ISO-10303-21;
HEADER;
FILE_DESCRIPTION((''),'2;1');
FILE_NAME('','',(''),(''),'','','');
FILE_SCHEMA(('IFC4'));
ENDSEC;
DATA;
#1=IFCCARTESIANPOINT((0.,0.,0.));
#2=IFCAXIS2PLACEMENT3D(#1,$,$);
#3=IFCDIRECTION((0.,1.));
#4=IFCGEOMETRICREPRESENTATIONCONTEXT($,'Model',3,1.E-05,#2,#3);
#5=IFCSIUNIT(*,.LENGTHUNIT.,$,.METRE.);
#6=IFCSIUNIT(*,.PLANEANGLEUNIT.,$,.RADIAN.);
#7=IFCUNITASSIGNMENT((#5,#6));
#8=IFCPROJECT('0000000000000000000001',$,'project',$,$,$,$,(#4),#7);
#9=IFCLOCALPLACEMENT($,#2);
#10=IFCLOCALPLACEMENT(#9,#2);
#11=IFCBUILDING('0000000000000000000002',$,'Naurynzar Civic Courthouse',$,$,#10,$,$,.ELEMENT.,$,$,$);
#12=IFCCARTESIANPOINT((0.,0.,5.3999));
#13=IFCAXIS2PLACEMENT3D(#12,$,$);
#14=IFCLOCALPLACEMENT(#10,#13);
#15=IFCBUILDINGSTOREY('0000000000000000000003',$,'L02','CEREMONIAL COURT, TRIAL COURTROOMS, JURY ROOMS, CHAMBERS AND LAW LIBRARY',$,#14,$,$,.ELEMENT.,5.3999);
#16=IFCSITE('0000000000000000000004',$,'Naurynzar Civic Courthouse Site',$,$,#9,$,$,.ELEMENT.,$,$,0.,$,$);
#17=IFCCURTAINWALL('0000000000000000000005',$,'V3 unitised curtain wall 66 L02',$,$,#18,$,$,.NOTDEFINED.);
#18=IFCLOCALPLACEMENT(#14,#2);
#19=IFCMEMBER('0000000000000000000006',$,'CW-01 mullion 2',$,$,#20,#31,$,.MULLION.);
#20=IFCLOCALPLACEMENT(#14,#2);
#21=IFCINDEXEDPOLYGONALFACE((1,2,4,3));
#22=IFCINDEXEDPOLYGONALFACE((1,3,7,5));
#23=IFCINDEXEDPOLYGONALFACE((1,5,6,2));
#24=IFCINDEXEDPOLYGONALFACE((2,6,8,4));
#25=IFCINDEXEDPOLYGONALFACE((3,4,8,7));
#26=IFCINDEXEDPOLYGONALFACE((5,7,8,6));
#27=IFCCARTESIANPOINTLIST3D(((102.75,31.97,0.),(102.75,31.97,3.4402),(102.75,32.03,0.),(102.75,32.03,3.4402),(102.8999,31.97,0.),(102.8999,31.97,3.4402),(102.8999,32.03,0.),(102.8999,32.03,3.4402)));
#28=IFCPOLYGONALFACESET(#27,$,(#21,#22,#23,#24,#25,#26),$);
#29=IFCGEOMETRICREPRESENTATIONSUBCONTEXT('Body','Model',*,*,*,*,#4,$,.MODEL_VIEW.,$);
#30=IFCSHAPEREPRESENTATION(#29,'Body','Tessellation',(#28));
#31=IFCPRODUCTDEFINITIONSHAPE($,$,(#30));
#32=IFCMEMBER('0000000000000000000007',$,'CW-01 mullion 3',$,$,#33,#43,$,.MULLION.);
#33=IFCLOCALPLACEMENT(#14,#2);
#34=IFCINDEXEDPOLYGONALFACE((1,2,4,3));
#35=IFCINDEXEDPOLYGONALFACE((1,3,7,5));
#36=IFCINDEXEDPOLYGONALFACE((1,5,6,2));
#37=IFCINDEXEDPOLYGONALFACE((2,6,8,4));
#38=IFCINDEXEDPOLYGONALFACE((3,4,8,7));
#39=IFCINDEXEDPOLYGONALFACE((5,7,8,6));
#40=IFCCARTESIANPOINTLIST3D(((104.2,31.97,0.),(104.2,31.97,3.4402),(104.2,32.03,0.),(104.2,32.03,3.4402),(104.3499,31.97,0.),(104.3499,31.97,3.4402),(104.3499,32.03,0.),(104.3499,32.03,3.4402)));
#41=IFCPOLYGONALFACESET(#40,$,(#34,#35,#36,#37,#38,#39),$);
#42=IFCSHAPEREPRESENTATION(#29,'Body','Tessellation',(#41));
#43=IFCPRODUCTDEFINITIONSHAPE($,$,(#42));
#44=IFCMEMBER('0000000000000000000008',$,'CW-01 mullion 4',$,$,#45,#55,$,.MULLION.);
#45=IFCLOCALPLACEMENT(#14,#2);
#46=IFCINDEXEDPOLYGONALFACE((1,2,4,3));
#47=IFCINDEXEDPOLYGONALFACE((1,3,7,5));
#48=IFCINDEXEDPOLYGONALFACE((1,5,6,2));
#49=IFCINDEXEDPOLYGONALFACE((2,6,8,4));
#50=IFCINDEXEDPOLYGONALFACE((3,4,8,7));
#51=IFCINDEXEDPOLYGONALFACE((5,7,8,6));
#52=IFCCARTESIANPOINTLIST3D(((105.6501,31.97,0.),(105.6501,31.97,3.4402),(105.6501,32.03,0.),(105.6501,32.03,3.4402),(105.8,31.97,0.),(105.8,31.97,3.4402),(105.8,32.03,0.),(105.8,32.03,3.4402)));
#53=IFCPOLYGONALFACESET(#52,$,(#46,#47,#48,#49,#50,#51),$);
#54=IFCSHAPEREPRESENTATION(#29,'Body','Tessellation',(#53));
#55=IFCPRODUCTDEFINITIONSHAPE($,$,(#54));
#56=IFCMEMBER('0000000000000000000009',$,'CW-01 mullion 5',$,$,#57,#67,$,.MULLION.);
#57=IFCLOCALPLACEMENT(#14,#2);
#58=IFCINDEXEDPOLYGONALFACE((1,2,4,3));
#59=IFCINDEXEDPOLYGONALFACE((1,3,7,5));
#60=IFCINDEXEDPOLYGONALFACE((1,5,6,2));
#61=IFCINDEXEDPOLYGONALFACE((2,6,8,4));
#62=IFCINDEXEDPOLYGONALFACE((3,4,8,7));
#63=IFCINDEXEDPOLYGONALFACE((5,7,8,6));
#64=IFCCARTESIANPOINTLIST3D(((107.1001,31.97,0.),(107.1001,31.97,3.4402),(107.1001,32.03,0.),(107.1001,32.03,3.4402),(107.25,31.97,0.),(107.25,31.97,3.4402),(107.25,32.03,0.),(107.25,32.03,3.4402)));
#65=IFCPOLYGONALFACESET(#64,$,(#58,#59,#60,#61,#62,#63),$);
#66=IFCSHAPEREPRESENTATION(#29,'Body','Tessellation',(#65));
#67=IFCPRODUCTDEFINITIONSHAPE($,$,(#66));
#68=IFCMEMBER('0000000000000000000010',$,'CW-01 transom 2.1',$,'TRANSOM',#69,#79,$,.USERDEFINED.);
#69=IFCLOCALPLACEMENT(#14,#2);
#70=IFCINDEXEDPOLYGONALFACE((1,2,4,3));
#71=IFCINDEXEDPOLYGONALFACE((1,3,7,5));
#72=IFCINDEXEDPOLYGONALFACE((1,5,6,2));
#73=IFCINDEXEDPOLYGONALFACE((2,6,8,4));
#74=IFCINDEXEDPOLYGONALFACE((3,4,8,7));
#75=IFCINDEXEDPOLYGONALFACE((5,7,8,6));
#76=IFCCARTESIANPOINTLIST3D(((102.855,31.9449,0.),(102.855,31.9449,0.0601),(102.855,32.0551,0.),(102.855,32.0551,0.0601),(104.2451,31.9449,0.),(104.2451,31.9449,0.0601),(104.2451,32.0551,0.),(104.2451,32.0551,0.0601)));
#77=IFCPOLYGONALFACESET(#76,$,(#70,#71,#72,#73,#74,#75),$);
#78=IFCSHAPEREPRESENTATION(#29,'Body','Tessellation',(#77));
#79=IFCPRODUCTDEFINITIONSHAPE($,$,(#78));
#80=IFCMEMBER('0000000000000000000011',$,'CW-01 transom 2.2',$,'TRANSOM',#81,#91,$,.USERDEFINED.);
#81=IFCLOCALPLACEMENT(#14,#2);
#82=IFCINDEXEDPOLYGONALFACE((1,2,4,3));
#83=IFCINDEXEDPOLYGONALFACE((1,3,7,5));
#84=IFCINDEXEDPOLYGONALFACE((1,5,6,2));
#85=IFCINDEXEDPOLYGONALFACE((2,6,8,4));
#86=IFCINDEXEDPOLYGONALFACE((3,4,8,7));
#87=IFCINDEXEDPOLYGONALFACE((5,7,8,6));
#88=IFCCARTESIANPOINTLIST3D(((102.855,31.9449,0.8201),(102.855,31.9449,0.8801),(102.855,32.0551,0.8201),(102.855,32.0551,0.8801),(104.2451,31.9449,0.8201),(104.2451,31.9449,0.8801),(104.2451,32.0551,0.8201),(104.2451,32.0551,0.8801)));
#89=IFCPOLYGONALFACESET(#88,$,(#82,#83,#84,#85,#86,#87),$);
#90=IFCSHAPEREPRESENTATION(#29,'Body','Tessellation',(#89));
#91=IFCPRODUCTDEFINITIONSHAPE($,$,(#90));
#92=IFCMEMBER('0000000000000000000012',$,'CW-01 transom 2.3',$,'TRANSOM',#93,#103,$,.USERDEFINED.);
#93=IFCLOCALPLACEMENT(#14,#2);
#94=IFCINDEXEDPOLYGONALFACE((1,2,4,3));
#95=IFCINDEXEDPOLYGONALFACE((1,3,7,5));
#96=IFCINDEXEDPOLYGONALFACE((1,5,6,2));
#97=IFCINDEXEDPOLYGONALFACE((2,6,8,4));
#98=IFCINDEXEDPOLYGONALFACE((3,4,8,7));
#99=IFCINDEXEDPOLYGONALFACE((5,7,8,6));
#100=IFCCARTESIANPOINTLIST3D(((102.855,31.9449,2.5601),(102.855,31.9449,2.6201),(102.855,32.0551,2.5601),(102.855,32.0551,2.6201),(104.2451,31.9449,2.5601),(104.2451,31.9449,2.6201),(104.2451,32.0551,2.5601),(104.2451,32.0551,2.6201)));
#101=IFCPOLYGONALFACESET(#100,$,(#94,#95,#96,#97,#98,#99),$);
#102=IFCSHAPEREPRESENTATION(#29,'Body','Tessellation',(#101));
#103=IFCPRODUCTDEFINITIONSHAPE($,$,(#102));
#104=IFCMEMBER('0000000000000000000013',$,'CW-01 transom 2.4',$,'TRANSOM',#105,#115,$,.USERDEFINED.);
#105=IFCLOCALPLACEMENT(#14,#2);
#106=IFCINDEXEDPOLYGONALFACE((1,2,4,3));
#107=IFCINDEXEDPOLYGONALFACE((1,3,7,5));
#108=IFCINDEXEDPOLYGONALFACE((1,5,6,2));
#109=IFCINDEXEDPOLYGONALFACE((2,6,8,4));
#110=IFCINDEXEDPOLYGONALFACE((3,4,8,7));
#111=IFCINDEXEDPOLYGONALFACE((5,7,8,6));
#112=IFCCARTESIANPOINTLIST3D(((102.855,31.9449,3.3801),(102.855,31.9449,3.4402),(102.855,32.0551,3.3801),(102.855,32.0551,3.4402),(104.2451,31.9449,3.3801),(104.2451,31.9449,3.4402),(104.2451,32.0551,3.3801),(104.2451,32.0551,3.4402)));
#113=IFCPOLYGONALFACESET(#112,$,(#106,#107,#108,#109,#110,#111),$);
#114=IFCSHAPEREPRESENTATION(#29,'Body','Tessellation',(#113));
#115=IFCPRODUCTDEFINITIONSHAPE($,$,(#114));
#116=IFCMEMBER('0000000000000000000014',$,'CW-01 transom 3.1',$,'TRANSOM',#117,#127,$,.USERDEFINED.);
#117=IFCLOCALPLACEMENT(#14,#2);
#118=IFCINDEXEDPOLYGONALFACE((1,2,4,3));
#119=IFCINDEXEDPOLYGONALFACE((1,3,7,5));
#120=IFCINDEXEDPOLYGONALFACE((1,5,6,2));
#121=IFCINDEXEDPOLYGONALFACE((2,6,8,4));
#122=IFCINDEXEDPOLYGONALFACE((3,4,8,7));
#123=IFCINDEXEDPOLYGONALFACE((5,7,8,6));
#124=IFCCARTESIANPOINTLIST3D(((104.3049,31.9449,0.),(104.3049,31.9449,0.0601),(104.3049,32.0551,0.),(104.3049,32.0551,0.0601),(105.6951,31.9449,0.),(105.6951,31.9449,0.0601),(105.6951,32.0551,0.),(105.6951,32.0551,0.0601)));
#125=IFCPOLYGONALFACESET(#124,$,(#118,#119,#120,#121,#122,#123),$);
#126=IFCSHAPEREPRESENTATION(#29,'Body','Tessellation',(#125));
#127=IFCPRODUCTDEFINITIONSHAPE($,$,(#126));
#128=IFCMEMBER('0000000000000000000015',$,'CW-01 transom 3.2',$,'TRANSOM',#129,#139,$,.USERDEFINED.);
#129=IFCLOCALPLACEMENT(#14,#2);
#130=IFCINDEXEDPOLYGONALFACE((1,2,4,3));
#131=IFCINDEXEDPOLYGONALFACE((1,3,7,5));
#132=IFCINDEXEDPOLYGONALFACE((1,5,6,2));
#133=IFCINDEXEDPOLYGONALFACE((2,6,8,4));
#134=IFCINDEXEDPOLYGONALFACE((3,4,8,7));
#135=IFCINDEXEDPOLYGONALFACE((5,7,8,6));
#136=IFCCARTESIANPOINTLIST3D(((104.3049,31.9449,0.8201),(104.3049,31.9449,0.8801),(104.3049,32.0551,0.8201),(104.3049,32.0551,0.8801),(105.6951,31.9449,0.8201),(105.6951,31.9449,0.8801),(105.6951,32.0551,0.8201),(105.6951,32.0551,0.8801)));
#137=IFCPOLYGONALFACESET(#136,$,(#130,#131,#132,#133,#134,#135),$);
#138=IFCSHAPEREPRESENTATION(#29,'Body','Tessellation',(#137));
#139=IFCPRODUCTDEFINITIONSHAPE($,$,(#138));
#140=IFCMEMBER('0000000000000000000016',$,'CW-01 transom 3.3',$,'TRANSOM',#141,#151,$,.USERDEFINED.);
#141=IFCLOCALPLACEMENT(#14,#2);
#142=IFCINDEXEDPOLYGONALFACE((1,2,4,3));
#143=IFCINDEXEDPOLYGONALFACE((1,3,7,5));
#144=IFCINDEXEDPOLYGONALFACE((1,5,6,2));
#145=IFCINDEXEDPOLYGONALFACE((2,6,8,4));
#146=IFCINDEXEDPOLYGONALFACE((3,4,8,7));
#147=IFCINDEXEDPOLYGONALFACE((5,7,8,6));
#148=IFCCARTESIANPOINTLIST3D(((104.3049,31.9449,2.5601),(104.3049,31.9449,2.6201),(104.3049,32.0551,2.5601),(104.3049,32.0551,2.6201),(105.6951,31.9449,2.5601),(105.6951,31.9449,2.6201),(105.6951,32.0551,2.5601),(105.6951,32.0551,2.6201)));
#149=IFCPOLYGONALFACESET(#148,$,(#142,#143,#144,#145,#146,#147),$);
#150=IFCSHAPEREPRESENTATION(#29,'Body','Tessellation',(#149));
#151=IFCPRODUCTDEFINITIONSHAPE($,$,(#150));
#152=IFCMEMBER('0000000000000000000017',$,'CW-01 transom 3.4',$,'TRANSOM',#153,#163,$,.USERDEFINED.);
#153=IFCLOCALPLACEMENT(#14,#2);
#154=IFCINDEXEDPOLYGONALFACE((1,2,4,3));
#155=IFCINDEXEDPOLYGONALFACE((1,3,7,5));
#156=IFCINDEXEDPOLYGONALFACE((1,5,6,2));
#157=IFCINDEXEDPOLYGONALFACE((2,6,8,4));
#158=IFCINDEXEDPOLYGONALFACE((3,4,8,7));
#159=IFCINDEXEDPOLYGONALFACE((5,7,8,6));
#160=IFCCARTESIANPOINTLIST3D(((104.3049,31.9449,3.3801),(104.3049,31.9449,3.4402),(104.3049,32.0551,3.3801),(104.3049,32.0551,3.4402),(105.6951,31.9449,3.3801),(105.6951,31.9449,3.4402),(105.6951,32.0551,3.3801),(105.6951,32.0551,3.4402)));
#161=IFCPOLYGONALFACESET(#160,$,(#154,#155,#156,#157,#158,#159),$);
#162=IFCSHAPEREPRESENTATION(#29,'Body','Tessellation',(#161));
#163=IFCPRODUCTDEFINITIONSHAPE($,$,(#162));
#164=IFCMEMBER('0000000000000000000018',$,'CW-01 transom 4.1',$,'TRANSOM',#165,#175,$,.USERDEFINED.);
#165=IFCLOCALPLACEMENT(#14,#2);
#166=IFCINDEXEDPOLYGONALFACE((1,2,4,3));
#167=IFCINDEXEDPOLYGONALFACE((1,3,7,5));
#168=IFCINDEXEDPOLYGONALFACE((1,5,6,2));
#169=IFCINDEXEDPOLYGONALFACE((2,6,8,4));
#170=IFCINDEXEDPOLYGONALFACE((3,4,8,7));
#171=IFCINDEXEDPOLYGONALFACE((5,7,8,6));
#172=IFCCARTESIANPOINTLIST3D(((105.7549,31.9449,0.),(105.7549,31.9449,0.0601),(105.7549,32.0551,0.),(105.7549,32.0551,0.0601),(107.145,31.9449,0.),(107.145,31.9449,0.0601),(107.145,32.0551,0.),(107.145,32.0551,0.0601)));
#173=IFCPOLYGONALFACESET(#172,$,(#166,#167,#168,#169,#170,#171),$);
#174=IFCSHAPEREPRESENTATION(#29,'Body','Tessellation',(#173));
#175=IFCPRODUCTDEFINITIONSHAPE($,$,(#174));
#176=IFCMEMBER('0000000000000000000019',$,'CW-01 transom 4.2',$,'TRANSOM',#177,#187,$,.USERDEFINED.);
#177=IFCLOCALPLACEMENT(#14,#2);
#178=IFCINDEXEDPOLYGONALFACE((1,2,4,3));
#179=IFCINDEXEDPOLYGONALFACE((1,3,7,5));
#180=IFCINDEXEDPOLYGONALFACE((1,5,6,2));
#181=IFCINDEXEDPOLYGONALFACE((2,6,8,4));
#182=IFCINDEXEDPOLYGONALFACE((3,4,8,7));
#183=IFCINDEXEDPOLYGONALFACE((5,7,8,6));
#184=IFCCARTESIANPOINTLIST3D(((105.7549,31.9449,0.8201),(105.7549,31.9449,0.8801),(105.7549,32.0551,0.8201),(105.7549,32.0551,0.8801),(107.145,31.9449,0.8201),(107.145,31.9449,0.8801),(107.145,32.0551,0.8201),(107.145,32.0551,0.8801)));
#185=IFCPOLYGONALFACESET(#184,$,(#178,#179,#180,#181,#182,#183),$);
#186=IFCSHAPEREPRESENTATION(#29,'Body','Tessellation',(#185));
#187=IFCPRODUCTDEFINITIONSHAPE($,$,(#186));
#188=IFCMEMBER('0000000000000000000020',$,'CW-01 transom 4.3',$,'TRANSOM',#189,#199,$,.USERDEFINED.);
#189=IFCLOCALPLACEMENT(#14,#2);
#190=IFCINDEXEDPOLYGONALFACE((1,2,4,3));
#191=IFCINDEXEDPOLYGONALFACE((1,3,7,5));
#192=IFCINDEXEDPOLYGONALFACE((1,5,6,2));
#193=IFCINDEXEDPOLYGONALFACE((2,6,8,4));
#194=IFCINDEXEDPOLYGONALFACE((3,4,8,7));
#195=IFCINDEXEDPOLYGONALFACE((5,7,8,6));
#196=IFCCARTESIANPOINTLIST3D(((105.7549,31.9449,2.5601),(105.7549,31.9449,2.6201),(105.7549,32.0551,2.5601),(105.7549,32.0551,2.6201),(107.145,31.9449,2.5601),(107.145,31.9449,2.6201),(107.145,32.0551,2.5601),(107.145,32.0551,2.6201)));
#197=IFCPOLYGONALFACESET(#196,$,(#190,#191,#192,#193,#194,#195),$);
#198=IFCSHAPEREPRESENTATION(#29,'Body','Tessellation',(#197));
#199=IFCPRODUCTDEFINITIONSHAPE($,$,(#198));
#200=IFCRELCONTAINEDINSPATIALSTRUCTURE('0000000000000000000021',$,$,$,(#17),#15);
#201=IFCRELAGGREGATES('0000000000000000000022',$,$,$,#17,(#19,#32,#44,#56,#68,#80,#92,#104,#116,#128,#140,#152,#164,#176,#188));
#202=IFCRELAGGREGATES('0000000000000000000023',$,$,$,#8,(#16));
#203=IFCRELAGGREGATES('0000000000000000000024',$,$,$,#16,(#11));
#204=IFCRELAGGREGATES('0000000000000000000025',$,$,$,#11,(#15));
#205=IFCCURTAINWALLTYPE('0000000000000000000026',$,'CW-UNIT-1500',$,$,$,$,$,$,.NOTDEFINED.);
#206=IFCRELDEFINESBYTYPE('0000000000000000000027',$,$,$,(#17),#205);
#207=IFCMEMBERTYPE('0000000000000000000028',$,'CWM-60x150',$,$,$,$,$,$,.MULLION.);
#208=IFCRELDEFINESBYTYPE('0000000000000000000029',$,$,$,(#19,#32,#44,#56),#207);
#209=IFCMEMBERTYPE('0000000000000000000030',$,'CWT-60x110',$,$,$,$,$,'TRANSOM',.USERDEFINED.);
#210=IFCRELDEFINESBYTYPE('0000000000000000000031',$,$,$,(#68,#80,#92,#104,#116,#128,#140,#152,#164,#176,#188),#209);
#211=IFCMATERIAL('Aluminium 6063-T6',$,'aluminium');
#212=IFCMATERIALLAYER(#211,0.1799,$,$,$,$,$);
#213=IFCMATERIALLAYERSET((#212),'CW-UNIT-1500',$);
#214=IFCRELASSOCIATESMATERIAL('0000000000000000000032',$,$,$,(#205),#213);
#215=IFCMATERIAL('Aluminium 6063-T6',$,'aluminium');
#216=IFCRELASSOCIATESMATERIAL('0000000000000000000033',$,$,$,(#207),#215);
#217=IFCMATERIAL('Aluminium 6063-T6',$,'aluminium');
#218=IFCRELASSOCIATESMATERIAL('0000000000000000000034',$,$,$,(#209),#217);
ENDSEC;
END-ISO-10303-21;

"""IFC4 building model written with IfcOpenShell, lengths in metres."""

from ifc_helpers import new_model, si_unit, direction, frame, origin, origin_2d, place, context, subcontext, project, spatial, rectangle, extrude, material, layer, layer_set, material_profile, profile_set, type_object, element, aggregate, save


model = new_model("IFC4")

# Units and contexts
model_context = context("Model", 3, precision=1e-05, world=origin(), true_north=direction((0.0, 1.0)))
body_context = subcontext(model_context, "Body", "Model", "MODEL_VIEW")
ifc_project = project(units=[si_unit("LENGTHUNIT", "METRE"), si_unit("PLANEANGLEUNIT", "RADIAN")], contexts=[model_context])

# Site, building, storey
site_placement = place(None, origin())
site = spatial("IfcSite", under=ifc_project, at=site_placement, Name="Naurynzar Civic Courthouse Site", CompositionType="ELEMENT", RefElevation=0.0)
building_placement = place(site_placement, origin())
building = spatial("IfcBuilding", under=site, at=building_placement, Name="Naurynzar Civic Courthouse", CompositionType="ELEMENT")
storey_placement = place(building_placement, frame((0.0, 0.0, 5.3999)))
storey = spatial("IfcBuildingStorey", under=building, at=storey_placement, Name="L02", Description="CEREMONIAL COURT, TRIAL COURTROOMS, JURY ROOMS, CHAMBERS AND LAW LIBRARY", CompositionType="ELEMENT", Elevation=5.3999)

# Curtain wall, members
ifc_material_1 = material(Name="Aluminium 6063-T6", Category="aluminium")
ifc_layer_1 = layer(ifc_material_1, 0.1799)
ifc_layer_set_1 = layer_set([ifc_layer_1], Name="CW-UNIT-1500")
curtain_wall_type = type_object("IfcCurtainWallType", Name="CW-UNIT-1500", PredefinedType="NOTDEFINED", material=ifc_layer_set_1)
curtain_wall_placement = place(storey_placement, origin())
curtain_wall = element("IfcCurtainWall", 1, at=curtain_wall_placement, inside=storey, type_object=curtain_wall_type, Name="V3 unitised curtain wall 66 L02", PredefinedType="NOTDEFINED")
ifc_material_2 = material(Name="Aluminium 6063-T6", Category="aluminium")
ifc_material_profile_1 = material_profile(ifc_material_2, rectangle(XDim=0.0601, YDim=0.1499, at=origin_2d()), Name="ALU MULLION 60x150")
ifc_profile_set_1 = profile_set([ifc_material_profile_1], Name="Aluminium 6063-T6")
member_type_1 = type_object("IfcMemberType", Name="CWM-60x150", PredefinedType="MULLION", material=ifc_profile_set_1)
member_1_placement = place(storey_placement, frame((102.825, 32.0, 0.0), z_axis=(0.0, 0.0, 1.0), x_axis=(0.0, 1.0, 0.0)))
member_1 = element("IfcMember", 2, at=member_1_placement, type_object=member_type_1, Name="CW-01 mullion 2", PredefinedType="MULLION", context=body_context, shape_type="SweptSolid", body=[
    extrude(rectangle(XDim=0.0601, YDim=0.1499, at=origin_2d()), origin(), (0.0, 0.0, 1.0), 3.4402),
])
member_2_placement = place(storey_placement, frame((104.2749, 32.0, 0.0), z_axis=(0.0, 0.0, 1.0), x_axis=(0.0, 1.0, 0.0)))
member_2 = element("IfcMember", 3, at=member_2_placement, type_object=member_type_1, Name="CW-01 mullion 3", PredefinedType="MULLION", context=body_context, shape_type="SweptSolid", body=[
    extrude(rectangle(XDim=0.0601, YDim=0.1499, at=origin_2d()), origin(), (0.0, 0.0, 1.0), 3.4402),
])
member_3_placement = place(storey_placement, frame((105.7251, 32.0, 0.0), z_axis=(0.0, 0.0, 1.0), x_axis=(0.0, 1.0, 0.0)))
member_3 = element("IfcMember", 4, at=member_3_placement, type_object=member_type_1, Name="CW-01 mullion 4", PredefinedType="MULLION", context=body_context, shape_type="SweptSolid", body=[
    extrude(rectangle(XDim=0.0601, YDim=0.1499, at=origin_2d()), origin(), (0.0, 0.0, 1.0), 3.4402),
])
member_4_placement = place(storey_placement, frame((107.175, 32.0, 0.0), z_axis=(0.0, 0.0, 1.0), x_axis=(0.0, 1.0, 0.0)))
member_4 = element("IfcMember", 5, at=member_4_placement, type_object=member_type_1, Name="CW-01 mullion 5", PredefinedType="MULLION", context=body_context, shape_type="SweptSolid", body=[
    extrude(rectangle(XDim=0.0601, YDim=0.1499, at=origin_2d()), origin(), (0.0, 0.0, 1.0), 3.4402),
])
ifc_material_3 = material(Name="Aluminium 6063-T6", Category="aluminium")
ifc_material_profile_2 = material_profile(ifc_material_3, rectangle(XDim=0.1101, YDim=0.0601, at=origin_2d()), Name="ALU TRANSOM 60x110")
ifc_profile_set_2 = profile_set([ifc_material_profile_2], Name="Aluminium 6063-T6")
member_type_2 = type_object("IfcMemberType", Name="CWT-60x110", ElementType="TRANSOM", PredefinedType="USERDEFINED", material=ifc_profile_set_2)
member_5_placement = place(storey_placement, frame((102.855, 32.0, 0.03), z_axis=(1.0, 0.0, 0.0), x_axis=(0.0, 1.0, 0.0)))
member_5 = element("IfcMember", 6, at=member_5_placement, type_object=member_type_2, Name="CW-01 transom 2.1", ObjectType="TRANSOM", PredefinedType="USERDEFINED", context=body_context, shape_type="SweptSolid", body=[
    extrude(rectangle(XDim=0.1101, YDim=0.0601, at=origin_2d()), origin(), (0.0, 0.0, 1.0), 1.3901),
])
member_6_placement = place(storey_placement, frame((102.855, 32.0, 0.8501), z_axis=(1.0, 0.0, 0.0), x_axis=(0.0, 1.0, 0.0)))
member_6 = element("IfcMember", 7, at=member_6_placement, type_object=member_type_2, Name="CW-01 transom 2.2", ObjectType="TRANSOM", PredefinedType="USERDEFINED", context=body_context, shape_type="SweptSolid", body=[
    extrude(rectangle(XDim=0.1101, YDim=0.0601, at=origin_2d()), origin(), (0.0, 0.0, 1.0), 1.3901),
])
member_7_placement = place(storey_placement, frame((102.855, 32.0, 2.5901), z_axis=(1.0, 0.0, 0.0), x_axis=(0.0, 1.0, 0.0)))
member_7 = element("IfcMember", 8, at=member_7_placement, type_object=member_type_2, Name="CW-01 transom 2.3", ObjectType="TRANSOM", PredefinedType="USERDEFINED", context=body_context, shape_type="SweptSolid", body=[
    extrude(rectangle(XDim=0.1101, YDim=0.0601, at=origin_2d()), origin(), (0.0, 0.0, 1.0), 1.3901),
])
member_8_placement = place(storey_placement, frame((102.855, 32.0, 3.4102), z_axis=(1.0, 0.0, 0.0), x_axis=(0.0, 1.0, 0.0)))
member_8 = element("IfcMember", 9, at=member_8_placement, type_object=member_type_2, Name="CW-01 transom 2.4", ObjectType="TRANSOM", PredefinedType="USERDEFINED", context=body_context, shape_type="SweptSolid", body=[
    extrude(rectangle(XDim=0.1101, YDim=0.0601, at=origin_2d()), origin(), (0.0, 0.0, 1.0), 1.3901),
])
member_9_placement = place(storey_placement, frame((104.3049, 32.0, 0.03), z_axis=(1.0, 0.0, 0.0), x_axis=(0.0, 1.0, 0.0)))
member_9 = element("IfcMember", 10, at=member_9_placement, type_object=member_type_2, Name="CW-01 transom 3.1", ObjectType="TRANSOM", PredefinedType="USERDEFINED", context=body_context, shape_type="SweptSolid", body=[
    extrude(rectangle(XDim=0.1101, YDim=0.0601, at=origin_2d()), origin(), (0.0, 0.0, 1.0), 1.3901),
])
member_10_placement = place(storey_placement, frame((104.3049, 32.0, 0.8501), z_axis=(1.0, 0.0, 0.0), x_axis=(0.0, 1.0, 0.0)))
member_10 = element("IfcMember", 11, at=member_10_placement, type_object=member_type_2, Name="CW-01 transom 3.2", ObjectType="TRANSOM", PredefinedType="USERDEFINED", context=body_context, shape_type="SweptSolid", body=[
    extrude(rectangle(XDim=0.1101, YDim=0.0601, at=origin_2d()), origin(), (0.0, 0.0, 1.0), 1.3901),
])
member_11_placement = place(storey_placement, frame((104.3049, 32.0, 2.5901), z_axis=(1.0, 0.0, 0.0), x_axis=(0.0, 1.0, 0.0)))
member_11 = element("IfcMember", 12, at=member_11_placement, type_object=member_type_2, Name="CW-01 transom 3.3", ObjectType="TRANSOM", PredefinedType="USERDEFINED", context=body_context, shape_type="SweptSolid", body=[
    extrude(rectangle(XDim=0.1101, YDim=0.0601, at=origin_2d()), origin(), (0.0, 0.0, 1.0), 1.3901),
])
member_12_placement = place(storey_placement, frame((104.3049, 32.0, 3.4102), z_axis=(1.0, 0.0, 0.0), x_axis=(0.0, 1.0, 0.0)))
member_12 = element("IfcMember", 13, at=member_12_placement, type_object=member_type_2, Name="CW-01 transom 3.4", ObjectType="TRANSOM", PredefinedType="USERDEFINED", context=body_context, shape_type="SweptSolid", body=[
    extrude(rectangle(XDim=0.1101, YDim=0.0601, at=origin_2d()), origin(), (0.0, 0.0, 1.0), 1.3901),
])
member_13_placement = place(storey_placement, frame((105.7549, 32.0, 0.03), z_axis=(1.0, 0.0, 0.0), x_axis=(0.0, 1.0, 0.0)))
member_13 = element("IfcMember", 14, at=member_13_placement, type_object=member_type_2, Name="CW-01 transom 4.1", ObjectType="TRANSOM", PredefinedType="USERDEFINED", context=body_context, shape_type="SweptSolid", body=[
    extrude(rectangle(XDim=0.1101, YDim=0.0601, at=origin_2d()), origin(), (0.0, 0.0, 1.0), 1.3901),
])
member_14_placement = place(storey_placement, frame((105.7549, 32.0, 0.8501), z_axis=(1.0, 0.0, 0.0), x_axis=(0.0, 1.0, 0.0)))
member_14 = element("IfcMember", 15, at=member_14_placement, type_object=member_type_2, Name="CW-01 transom 4.2", ObjectType="TRANSOM", PredefinedType="USERDEFINED", context=body_context, shape_type="SweptSolid", body=[
    extrude(rectangle(XDim=0.1101, YDim=0.0601, at=origin_2d()), origin(), (0.0, 0.0, 1.0), 1.3901),
])
member_15_placement = place(storey_placement, frame((105.7549, 32.0, 2.5901), z_axis=(1.0, 0.0, 0.0), x_axis=(0.0, 1.0, 0.0)))
member_15 = element("IfcMember", 16, at=member_15_placement, type_object=member_type_2, Name="CW-01 transom 4.3", ObjectType="TRANSOM", PredefinedType="USERDEFINED", context=body_context, shape_type="SweptSolid", body=[
    extrude(rectangle(XDim=0.1101, YDim=0.0601, at=origin_2d()), origin(), (0.0, 0.0, 1.0), 1.3901),
])
aggregate(curtain_wall, [member_1, member_2, member_3, member_4, member_5, member_6, member_7, member_8, member_9, member_10, member_11, member_12, member_13, member_14, member_15])

save(model, "model.ifc")
